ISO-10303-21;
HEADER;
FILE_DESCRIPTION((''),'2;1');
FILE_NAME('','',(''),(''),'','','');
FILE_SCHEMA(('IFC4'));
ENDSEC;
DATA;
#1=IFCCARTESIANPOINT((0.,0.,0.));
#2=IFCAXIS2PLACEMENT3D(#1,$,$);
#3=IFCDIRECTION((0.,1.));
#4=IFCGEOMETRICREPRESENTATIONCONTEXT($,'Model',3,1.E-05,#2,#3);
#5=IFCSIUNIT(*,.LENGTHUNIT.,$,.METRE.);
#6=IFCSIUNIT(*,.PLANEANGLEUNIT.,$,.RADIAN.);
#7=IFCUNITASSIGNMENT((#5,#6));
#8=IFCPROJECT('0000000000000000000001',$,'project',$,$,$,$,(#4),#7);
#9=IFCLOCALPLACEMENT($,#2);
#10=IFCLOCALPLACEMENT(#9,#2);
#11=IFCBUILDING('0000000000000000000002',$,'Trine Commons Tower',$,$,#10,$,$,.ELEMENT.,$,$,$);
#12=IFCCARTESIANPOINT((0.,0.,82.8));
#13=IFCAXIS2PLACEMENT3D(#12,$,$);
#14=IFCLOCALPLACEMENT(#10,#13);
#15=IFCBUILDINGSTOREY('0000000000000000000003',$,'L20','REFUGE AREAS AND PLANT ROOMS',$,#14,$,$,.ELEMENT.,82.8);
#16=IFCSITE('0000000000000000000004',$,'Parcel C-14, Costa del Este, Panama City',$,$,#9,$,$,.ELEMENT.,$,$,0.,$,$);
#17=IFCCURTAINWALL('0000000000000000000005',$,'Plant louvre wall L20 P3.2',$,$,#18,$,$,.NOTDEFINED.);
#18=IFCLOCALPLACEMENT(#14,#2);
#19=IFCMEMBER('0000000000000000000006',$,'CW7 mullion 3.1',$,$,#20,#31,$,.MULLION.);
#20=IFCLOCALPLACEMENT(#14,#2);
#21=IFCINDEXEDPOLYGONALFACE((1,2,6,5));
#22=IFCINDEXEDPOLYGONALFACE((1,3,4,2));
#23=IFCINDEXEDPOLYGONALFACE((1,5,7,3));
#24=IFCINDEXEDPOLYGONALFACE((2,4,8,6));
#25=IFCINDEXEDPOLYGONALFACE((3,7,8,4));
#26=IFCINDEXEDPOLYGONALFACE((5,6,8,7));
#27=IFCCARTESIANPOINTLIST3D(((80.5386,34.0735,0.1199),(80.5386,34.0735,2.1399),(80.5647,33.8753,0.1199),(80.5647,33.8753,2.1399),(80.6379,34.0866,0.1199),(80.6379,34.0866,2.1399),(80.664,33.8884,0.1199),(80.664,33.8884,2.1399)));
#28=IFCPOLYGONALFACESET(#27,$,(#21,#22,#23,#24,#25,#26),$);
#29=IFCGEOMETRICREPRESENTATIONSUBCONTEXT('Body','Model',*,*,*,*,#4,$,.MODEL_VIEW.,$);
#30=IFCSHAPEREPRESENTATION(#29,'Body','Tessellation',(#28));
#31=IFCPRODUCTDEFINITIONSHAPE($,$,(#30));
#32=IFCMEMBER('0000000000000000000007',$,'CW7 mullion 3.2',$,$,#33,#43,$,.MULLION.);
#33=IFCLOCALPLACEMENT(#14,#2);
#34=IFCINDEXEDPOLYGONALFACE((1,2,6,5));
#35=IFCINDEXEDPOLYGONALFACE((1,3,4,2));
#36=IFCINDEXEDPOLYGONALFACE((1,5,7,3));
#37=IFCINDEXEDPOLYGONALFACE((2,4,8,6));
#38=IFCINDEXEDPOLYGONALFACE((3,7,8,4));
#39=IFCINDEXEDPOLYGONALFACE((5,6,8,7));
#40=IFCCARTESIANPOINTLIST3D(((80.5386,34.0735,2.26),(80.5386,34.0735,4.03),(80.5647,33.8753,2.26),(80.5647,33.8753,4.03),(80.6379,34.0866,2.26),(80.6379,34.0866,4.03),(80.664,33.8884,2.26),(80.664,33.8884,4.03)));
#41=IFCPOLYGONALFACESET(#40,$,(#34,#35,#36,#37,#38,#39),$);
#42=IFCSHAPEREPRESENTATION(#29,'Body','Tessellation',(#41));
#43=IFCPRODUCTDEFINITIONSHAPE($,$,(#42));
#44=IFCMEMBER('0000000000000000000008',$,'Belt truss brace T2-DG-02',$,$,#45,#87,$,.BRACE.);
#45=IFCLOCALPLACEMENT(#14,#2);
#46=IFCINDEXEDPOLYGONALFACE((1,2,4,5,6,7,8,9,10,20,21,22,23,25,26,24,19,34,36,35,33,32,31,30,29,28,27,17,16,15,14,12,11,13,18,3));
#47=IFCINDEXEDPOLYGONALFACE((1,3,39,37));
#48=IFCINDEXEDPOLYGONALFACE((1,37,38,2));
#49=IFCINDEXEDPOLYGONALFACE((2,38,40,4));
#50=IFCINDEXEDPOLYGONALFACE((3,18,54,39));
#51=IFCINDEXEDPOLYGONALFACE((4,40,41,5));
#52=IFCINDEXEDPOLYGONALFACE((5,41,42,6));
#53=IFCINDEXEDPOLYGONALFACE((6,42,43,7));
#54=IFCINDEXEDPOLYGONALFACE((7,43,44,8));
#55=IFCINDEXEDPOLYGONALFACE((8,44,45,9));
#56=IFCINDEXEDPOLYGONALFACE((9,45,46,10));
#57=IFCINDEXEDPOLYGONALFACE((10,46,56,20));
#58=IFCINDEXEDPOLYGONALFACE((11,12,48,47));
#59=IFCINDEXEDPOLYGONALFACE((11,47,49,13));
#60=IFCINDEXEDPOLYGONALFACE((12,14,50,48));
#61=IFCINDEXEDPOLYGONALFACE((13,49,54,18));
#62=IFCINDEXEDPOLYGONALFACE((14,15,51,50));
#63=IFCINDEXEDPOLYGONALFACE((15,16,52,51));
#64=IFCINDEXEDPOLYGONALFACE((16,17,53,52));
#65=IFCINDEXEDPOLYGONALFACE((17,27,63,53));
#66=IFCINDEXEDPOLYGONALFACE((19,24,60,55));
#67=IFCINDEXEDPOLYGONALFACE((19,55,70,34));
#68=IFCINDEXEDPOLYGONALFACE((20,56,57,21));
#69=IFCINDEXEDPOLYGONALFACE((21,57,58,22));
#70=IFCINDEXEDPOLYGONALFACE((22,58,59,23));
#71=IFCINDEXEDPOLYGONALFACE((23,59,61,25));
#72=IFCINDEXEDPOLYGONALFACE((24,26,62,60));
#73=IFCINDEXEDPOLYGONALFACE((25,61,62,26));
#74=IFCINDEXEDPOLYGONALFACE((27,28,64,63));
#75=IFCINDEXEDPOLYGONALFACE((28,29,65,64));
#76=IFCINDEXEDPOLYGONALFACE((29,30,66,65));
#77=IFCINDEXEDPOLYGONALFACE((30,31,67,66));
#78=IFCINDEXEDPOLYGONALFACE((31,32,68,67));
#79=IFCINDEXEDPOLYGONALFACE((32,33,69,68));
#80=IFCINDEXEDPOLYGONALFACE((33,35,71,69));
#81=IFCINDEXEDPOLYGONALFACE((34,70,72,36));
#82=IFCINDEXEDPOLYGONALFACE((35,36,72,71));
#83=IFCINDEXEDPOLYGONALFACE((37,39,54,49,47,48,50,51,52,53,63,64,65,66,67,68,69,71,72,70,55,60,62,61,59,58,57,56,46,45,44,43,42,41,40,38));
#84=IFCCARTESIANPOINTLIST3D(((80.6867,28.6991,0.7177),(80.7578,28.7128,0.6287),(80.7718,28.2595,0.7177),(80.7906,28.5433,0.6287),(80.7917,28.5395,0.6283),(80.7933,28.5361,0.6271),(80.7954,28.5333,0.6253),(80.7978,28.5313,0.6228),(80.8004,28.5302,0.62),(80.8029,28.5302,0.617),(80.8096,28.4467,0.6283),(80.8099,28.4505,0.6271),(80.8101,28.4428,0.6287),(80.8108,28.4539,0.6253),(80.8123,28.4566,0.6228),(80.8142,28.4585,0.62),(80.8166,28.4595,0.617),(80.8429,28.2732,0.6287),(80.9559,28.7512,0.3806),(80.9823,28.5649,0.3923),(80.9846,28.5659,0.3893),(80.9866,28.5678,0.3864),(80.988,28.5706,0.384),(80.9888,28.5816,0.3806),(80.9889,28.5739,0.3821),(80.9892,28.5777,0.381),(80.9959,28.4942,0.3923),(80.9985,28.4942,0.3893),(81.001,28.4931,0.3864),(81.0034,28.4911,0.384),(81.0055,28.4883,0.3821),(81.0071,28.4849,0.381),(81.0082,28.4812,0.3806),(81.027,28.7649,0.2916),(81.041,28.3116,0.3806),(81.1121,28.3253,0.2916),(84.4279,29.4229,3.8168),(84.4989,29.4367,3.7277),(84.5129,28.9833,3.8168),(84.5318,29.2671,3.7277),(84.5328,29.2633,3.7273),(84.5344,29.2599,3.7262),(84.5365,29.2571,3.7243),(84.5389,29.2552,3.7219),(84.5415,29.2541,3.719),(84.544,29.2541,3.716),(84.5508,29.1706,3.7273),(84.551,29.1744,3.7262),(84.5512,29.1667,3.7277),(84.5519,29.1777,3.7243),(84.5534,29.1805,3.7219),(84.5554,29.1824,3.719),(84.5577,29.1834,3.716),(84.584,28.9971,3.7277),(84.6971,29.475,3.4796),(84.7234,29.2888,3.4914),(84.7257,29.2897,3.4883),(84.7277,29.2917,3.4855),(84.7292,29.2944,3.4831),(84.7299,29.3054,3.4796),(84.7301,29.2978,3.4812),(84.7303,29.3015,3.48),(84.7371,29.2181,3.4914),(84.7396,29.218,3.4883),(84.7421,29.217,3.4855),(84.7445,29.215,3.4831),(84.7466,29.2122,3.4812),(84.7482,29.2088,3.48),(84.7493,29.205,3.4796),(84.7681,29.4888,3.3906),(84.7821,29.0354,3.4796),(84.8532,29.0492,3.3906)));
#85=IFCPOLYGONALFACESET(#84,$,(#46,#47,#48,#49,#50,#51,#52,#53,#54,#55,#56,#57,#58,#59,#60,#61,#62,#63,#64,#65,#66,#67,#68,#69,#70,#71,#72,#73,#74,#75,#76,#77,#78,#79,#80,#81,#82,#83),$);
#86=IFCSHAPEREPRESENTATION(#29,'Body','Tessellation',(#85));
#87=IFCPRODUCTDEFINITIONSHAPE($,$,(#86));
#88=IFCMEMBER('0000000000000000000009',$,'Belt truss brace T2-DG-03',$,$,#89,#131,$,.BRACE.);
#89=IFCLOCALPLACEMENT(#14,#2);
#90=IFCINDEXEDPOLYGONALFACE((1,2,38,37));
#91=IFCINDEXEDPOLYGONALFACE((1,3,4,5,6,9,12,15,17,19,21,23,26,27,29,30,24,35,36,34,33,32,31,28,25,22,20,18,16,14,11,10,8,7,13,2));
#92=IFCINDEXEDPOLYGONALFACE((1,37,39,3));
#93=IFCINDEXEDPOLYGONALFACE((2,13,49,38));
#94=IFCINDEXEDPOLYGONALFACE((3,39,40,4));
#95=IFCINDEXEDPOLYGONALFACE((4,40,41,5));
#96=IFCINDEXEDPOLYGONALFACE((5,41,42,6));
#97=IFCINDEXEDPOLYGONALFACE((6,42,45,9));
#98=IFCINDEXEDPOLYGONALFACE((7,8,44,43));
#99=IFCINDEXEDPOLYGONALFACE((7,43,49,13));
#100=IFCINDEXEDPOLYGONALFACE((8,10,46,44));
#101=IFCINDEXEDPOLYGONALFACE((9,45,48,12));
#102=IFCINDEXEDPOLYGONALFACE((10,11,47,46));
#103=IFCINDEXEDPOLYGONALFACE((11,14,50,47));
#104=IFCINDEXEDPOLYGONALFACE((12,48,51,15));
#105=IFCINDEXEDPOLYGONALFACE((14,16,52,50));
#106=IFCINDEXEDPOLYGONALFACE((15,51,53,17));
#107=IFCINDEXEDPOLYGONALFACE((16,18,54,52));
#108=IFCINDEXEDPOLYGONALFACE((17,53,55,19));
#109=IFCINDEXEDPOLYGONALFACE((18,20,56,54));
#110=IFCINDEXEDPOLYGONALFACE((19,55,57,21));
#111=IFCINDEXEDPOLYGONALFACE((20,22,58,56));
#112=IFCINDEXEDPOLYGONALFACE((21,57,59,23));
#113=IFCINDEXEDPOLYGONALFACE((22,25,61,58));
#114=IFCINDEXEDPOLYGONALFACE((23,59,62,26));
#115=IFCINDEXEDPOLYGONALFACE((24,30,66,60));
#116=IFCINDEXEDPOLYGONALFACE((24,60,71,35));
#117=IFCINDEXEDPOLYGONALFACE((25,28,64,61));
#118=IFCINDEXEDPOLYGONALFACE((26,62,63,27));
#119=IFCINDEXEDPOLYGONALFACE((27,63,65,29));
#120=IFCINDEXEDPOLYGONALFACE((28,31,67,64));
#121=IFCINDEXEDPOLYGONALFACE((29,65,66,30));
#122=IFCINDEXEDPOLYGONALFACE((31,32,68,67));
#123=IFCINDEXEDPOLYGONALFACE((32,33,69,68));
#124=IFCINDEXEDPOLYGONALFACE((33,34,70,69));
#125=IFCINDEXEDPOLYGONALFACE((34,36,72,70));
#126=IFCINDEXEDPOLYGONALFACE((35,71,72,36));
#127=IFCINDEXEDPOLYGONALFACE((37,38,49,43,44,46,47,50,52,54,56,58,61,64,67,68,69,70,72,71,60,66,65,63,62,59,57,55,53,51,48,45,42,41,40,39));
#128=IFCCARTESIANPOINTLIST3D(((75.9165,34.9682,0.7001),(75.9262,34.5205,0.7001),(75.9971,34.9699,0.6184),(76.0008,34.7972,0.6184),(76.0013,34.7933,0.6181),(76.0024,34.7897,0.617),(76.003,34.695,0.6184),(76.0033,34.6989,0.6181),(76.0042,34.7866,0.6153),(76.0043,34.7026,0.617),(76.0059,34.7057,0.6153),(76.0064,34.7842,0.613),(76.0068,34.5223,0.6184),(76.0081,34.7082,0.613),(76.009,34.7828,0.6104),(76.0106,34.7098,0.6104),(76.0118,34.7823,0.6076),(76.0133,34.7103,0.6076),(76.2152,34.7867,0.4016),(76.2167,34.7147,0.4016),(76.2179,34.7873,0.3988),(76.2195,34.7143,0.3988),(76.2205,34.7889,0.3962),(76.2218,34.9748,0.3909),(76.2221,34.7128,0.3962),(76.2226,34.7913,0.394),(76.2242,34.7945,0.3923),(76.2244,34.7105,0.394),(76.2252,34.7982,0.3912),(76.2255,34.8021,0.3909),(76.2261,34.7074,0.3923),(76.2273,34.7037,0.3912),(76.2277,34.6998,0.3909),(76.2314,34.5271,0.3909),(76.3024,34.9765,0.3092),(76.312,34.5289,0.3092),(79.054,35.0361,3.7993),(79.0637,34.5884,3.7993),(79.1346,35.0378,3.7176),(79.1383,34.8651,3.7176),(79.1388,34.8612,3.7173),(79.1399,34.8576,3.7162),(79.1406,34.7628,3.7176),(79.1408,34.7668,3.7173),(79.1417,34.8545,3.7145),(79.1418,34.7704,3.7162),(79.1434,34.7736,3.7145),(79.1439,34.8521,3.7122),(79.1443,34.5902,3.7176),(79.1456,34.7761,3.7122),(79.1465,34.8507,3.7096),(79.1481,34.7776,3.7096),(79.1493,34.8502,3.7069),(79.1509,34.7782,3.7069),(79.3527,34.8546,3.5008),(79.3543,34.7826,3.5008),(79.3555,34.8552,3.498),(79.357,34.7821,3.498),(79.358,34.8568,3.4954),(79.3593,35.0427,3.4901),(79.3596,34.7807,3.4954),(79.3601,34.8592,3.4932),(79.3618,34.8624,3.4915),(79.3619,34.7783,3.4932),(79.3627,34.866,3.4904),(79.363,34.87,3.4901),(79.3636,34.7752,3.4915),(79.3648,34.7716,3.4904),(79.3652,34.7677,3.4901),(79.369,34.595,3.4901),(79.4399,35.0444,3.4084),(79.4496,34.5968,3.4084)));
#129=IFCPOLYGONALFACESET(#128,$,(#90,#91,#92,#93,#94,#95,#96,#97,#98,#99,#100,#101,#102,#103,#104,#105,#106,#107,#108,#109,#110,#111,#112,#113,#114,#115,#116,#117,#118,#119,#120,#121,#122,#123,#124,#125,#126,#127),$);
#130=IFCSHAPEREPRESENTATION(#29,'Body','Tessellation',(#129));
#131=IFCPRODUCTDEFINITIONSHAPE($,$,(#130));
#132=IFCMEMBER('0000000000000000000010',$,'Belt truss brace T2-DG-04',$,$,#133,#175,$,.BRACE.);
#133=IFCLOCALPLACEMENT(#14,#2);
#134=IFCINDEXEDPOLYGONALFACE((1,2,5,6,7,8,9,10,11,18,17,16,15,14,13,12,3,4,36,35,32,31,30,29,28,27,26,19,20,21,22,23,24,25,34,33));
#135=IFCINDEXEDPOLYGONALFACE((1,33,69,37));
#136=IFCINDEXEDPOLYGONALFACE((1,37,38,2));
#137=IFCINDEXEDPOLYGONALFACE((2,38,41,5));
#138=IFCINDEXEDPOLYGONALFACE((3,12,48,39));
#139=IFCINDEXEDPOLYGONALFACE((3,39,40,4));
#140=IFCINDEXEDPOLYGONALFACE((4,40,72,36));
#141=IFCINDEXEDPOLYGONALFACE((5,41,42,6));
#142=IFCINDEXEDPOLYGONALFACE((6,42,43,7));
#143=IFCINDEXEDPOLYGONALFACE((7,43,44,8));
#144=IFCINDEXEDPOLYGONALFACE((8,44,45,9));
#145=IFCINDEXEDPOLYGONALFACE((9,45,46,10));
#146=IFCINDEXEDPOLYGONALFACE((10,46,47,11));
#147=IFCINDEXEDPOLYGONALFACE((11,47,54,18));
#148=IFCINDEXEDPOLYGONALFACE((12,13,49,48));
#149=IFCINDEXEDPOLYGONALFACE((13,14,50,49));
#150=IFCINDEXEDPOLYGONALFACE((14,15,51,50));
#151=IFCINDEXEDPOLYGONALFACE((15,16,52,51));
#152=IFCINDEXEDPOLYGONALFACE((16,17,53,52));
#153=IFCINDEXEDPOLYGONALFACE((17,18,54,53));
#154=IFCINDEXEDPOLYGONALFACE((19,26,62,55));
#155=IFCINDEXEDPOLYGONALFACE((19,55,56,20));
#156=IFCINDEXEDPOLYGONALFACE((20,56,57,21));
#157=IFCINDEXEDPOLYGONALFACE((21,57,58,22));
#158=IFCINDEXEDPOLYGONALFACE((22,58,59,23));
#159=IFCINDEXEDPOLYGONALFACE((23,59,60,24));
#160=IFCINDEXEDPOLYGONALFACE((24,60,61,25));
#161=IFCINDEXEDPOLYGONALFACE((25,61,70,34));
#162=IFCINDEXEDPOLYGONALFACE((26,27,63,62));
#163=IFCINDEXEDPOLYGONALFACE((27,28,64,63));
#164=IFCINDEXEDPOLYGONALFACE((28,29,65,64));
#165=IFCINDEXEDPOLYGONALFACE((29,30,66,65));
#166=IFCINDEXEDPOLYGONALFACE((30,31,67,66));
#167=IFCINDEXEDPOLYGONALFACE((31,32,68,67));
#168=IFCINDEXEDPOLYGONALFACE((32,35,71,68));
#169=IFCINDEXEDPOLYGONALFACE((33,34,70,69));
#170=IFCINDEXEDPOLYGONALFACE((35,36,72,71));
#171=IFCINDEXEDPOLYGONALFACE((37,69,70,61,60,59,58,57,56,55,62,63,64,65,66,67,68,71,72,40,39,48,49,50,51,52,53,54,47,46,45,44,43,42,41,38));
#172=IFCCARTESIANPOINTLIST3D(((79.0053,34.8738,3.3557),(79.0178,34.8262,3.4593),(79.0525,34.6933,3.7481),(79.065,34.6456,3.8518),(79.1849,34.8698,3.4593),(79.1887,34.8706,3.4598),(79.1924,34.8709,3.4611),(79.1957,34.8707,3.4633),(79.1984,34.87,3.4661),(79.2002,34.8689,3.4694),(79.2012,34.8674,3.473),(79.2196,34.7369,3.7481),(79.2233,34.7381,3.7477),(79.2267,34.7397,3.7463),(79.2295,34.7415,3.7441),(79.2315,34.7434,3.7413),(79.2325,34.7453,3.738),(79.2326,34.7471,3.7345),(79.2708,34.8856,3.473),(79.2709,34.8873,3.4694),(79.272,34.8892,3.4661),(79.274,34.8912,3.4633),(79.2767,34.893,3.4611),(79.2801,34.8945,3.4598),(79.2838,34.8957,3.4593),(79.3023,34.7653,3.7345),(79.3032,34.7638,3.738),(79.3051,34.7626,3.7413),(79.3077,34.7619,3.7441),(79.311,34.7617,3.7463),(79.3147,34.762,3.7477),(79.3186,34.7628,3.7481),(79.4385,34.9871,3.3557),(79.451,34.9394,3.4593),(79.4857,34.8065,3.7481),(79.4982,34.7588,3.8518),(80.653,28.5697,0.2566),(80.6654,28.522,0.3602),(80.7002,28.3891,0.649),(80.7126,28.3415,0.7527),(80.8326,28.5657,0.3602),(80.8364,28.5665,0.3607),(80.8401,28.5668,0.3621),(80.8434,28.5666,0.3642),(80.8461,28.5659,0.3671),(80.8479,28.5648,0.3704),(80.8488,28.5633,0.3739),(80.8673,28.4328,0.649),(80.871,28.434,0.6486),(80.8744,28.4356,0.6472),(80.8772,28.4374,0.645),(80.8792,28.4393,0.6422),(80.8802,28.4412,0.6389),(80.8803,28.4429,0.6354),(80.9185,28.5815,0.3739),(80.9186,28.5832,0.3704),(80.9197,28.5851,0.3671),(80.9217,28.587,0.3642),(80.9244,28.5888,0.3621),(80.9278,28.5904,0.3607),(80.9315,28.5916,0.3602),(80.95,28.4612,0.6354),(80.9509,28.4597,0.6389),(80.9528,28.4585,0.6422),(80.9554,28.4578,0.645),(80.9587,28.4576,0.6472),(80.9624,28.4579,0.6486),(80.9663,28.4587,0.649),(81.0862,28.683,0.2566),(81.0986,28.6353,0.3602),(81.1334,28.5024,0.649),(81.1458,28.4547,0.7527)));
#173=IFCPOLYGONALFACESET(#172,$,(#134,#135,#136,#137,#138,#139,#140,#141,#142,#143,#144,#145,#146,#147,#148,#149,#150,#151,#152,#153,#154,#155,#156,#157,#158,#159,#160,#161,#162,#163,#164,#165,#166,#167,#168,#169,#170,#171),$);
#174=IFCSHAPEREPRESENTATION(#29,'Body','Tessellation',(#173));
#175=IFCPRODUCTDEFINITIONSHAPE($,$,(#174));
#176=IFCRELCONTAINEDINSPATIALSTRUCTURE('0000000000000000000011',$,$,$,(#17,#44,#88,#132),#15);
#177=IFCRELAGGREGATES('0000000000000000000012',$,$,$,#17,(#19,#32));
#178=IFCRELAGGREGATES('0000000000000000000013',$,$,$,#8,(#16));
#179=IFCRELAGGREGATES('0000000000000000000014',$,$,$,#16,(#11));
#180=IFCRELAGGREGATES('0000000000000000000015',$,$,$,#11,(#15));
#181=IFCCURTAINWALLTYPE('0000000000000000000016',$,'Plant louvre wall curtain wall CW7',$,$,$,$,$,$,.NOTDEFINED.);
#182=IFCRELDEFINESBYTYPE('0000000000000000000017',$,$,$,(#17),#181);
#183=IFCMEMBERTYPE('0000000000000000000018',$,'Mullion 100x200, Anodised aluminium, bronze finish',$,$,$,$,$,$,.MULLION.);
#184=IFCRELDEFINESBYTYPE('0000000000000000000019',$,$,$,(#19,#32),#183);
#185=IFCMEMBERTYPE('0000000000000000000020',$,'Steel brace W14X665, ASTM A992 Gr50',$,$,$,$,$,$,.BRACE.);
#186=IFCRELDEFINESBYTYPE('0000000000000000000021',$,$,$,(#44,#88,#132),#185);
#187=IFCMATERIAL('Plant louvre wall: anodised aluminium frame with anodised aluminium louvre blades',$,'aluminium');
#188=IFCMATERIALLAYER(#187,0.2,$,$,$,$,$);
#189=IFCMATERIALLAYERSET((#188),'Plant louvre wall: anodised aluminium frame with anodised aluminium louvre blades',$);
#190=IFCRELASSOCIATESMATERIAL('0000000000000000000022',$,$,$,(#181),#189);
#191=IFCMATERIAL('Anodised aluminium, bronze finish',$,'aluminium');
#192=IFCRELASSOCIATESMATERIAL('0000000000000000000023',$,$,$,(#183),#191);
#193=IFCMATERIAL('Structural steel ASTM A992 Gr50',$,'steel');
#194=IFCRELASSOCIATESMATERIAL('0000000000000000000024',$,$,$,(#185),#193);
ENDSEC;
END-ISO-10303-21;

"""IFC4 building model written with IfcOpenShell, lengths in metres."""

from ifc_helpers import new_model, si_unit, direction, frame, origin, origin_2d, place, context, subcontext, project, spatial, rectangle, i_section, extrude, material, layer, layer_set, material_profile, profile_set, type_object, element, aggregate, save


model = new_model("IFC4")

# Units and contexts
model_context = context("Model", 3, precision=1e-05, world=origin(), true_north=direction((0.0, 1.0)))
body_context = subcontext(model_context, "Body", "Model", "MODEL_VIEW")
ifc_project = project(units=[si_unit("LENGTHUNIT", "METRE"), si_unit("PLANEANGLEUNIT", "RADIAN")], contexts=[model_context])

# Site, building, storey
site_placement = place(None, origin())
site = spatial("IfcSite", under=ifc_project, at=site_placement, Name="Parcel C-14, Costa del Este, Panama City", CompositionType="ELEMENT", RefElevation=0.0)
building_placement = place(site_placement, origin())
building = spatial("IfcBuilding", under=site, at=building_placement, Name="Trine Commons Tower", CompositionType="ELEMENT")
storey_placement = place(building_placement, frame((0.0, 0.0, 82.8)))
storey = spatial("IfcBuildingStorey", under=building, at=storey_placement, Name="L20", Description="REFUGE AREAS AND PLANT ROOMS", CompositionType="ELEMENT", Elevation=82.8)

# Curtain wall, members
ifc_material_1 = material(Name="Plant louvre wall: anodised aluminium frame with anodised aluminium louvre blades", Category="aluminium")
ifc_layer_1 = layer(ifc_material_1, 0.2)
ifc_layer_set_1 = layer_set([ifc_layer_1], Name="Plant louvre wall: anodised aluminium frame with anodised aluminium louvre blades")
curtain_wall_type = type_object("IfcCurtainWallType", Name="Plant louvre wall curtain wall CW7", PredefinedType="NOTDEFINED", material=ifc_layer_set_1)
curtain_wall_placement = place(storey_placement, origin())
curtain_wall = element("IfcCurtainWall", 1, at=curtain_wall_placement, inside=storey, type_object=curtain_wall_type, Name="Plant louvre wall L20 P3.2", PredefinedType="NOTDEFINED")
ifc_material_2 = material(Name="Anodised aluminium, bronze finish", Category="aluminium")
ifc_material_profile_1 = material_profile(ifc_material_2, rectangle(XDim=0.2, YDim=0.1001, at=origin_2d()), Name="Mullion 100x200")
ifc_profile_set_1 = profile_set([ifc_material_profile_1], Name="Anodised aluminium, bronze finish")
member_type_1 = type_object("IfcMemberType", Name="Mullion 100x200, Anodised aluminium, bronze finish", PredefinedType="MULLION", material=ifc_profile_set_1)
member_1_placement = place(storey_placement, frame((80.6013, 33.981, 0.1199), z_axis=(0.0, 0.0, 1.0), x_axis=(0.130526, -0.991445, 0.0)))
member_1 = element("IfcMember", 2, at=member_1_placement, type_object=member_type_1, Name="CW7 mullion 3.1", PredefinedType="MULLION", context=body_context, shape_type="SweptSolid", body=[
    extrude(rectangle(XDim=0.2, YDim=0.1001, at=origin_2d()), origin(), (0.0, 0.0, 1.0), 2.02),
])
member_2_placement = place(storey_placement, frame((80.6013, 33.981, 2.26), z_axis=(0.0, 0.0, 1.0), x_axis=(0.130526, -0.991445, 0.0)))
member_2 = element("IfcMember", 3, at=member_2_placement, type_object=member_type_1, Name="CW7 mullion 3.2", PredefinedType="MULLION", context=body_context, shape_type="SweptSolid", body=[
    extrude(rectangle(XDim=0.2, YDim=0.1001, at=origin_2d()), origin(), (0.0, 0.0, 1.0), 1.77),
])
aggregate(curtain_wall, [member_1, member_2])

# Members
ifc_material_3 = material(Name="Structural steel ASTM A992 Gr50", Category="steel")
ifc_material_profile_2 = material_profile(ifc_material_3, i_section(OverallWidth=0.4478, OverallDepth=0.5493, WebThickness=0.072, FlangeThickness=0.1147, FilletRadius=0.0151, at=origin_2d()), Name="W14X665")
ifc_profile_set_2 = profile_set([ifc_material_profile_2], Name="Structural steel ASTM A992 Gr50")
member_type_2 = type_object("IfcMemberType", Name="Steel brace W14X665, ASTM A992 Gr50", PredefinedType="BRACE", material=ifc_profile_set_2)
member_3_placement = place(storey_placement, frame((80.8994, 28.5122, 0.5046), z_axis=(0.761687, 0.147377, 0.630962), x_axis=(-0.189964, 0.981791, 0.0)))
element("IfcMember", 4, at=member_3_placement, inside=storey, type_object=member_type_2, Name="Belt truss brace T2-DG-02", PredefinedType="BRACE", context=body_context, shape_type="SweptSolid", body=[
    extrude(i_section(OverallWidth=0.4478, OverallDepth=0.5493, WebThickness=0.072, FlangeThickness=0.1147, FilletRadius=0.0151, at=origin_2d()), origin(), (0.0, 0.0, 1.0), 4.9116),
])
member_4_placement = place(storey_placement, frame((76.1143, 34.7485, 0.5046), z_axis=(0.711355, 0.015388, 0.702664), x_axis=(-0.021627, 0.999766, 0.0)))
element("IfcMember", 5, at=member_4_placement, inside=storey, type_object=member_type_2, Name="Belt truss brace T2-DG-03", PredefinedType="BRACE", context=body_context, shape_type="SweptSolid", body=[
    extrude(i_section(OverallWidth=0.4478, OverallDepth=0.5493, WebThickness=0.072, FlangeThickness=0.1147, FilletRadius=0.0151, at=origin_2d()), origin(), (0.0, 0.0, 1.0), 4.4106),
])
member_5_placement = place(storey_placement, frame((80.8994, 28.5122, 0.5046), z_axis=(-0.228359, 0.873711, 0.429513), x_axis=(-0.9675, -0.252872, 0.0)))
element("IfcMember", 6, at=member_5_placement, inside=storey, type_object=member_type_2, Name="Belt truss brace T2-DG-04", PredefinedType="BRACE", context=body_context, shape_type="SweptSolid", body=[
    extrude(i_section(OverallWidth=0.4478, OverallDepth=0.5493, WebThickness=0.072, FlangeThickness=0.1147, FilletRadius=0.0151, at=origin_2d()), origin(), (0.0, 0.0, 1.0), 7.2153),
])

save(model, "model.ifc")
